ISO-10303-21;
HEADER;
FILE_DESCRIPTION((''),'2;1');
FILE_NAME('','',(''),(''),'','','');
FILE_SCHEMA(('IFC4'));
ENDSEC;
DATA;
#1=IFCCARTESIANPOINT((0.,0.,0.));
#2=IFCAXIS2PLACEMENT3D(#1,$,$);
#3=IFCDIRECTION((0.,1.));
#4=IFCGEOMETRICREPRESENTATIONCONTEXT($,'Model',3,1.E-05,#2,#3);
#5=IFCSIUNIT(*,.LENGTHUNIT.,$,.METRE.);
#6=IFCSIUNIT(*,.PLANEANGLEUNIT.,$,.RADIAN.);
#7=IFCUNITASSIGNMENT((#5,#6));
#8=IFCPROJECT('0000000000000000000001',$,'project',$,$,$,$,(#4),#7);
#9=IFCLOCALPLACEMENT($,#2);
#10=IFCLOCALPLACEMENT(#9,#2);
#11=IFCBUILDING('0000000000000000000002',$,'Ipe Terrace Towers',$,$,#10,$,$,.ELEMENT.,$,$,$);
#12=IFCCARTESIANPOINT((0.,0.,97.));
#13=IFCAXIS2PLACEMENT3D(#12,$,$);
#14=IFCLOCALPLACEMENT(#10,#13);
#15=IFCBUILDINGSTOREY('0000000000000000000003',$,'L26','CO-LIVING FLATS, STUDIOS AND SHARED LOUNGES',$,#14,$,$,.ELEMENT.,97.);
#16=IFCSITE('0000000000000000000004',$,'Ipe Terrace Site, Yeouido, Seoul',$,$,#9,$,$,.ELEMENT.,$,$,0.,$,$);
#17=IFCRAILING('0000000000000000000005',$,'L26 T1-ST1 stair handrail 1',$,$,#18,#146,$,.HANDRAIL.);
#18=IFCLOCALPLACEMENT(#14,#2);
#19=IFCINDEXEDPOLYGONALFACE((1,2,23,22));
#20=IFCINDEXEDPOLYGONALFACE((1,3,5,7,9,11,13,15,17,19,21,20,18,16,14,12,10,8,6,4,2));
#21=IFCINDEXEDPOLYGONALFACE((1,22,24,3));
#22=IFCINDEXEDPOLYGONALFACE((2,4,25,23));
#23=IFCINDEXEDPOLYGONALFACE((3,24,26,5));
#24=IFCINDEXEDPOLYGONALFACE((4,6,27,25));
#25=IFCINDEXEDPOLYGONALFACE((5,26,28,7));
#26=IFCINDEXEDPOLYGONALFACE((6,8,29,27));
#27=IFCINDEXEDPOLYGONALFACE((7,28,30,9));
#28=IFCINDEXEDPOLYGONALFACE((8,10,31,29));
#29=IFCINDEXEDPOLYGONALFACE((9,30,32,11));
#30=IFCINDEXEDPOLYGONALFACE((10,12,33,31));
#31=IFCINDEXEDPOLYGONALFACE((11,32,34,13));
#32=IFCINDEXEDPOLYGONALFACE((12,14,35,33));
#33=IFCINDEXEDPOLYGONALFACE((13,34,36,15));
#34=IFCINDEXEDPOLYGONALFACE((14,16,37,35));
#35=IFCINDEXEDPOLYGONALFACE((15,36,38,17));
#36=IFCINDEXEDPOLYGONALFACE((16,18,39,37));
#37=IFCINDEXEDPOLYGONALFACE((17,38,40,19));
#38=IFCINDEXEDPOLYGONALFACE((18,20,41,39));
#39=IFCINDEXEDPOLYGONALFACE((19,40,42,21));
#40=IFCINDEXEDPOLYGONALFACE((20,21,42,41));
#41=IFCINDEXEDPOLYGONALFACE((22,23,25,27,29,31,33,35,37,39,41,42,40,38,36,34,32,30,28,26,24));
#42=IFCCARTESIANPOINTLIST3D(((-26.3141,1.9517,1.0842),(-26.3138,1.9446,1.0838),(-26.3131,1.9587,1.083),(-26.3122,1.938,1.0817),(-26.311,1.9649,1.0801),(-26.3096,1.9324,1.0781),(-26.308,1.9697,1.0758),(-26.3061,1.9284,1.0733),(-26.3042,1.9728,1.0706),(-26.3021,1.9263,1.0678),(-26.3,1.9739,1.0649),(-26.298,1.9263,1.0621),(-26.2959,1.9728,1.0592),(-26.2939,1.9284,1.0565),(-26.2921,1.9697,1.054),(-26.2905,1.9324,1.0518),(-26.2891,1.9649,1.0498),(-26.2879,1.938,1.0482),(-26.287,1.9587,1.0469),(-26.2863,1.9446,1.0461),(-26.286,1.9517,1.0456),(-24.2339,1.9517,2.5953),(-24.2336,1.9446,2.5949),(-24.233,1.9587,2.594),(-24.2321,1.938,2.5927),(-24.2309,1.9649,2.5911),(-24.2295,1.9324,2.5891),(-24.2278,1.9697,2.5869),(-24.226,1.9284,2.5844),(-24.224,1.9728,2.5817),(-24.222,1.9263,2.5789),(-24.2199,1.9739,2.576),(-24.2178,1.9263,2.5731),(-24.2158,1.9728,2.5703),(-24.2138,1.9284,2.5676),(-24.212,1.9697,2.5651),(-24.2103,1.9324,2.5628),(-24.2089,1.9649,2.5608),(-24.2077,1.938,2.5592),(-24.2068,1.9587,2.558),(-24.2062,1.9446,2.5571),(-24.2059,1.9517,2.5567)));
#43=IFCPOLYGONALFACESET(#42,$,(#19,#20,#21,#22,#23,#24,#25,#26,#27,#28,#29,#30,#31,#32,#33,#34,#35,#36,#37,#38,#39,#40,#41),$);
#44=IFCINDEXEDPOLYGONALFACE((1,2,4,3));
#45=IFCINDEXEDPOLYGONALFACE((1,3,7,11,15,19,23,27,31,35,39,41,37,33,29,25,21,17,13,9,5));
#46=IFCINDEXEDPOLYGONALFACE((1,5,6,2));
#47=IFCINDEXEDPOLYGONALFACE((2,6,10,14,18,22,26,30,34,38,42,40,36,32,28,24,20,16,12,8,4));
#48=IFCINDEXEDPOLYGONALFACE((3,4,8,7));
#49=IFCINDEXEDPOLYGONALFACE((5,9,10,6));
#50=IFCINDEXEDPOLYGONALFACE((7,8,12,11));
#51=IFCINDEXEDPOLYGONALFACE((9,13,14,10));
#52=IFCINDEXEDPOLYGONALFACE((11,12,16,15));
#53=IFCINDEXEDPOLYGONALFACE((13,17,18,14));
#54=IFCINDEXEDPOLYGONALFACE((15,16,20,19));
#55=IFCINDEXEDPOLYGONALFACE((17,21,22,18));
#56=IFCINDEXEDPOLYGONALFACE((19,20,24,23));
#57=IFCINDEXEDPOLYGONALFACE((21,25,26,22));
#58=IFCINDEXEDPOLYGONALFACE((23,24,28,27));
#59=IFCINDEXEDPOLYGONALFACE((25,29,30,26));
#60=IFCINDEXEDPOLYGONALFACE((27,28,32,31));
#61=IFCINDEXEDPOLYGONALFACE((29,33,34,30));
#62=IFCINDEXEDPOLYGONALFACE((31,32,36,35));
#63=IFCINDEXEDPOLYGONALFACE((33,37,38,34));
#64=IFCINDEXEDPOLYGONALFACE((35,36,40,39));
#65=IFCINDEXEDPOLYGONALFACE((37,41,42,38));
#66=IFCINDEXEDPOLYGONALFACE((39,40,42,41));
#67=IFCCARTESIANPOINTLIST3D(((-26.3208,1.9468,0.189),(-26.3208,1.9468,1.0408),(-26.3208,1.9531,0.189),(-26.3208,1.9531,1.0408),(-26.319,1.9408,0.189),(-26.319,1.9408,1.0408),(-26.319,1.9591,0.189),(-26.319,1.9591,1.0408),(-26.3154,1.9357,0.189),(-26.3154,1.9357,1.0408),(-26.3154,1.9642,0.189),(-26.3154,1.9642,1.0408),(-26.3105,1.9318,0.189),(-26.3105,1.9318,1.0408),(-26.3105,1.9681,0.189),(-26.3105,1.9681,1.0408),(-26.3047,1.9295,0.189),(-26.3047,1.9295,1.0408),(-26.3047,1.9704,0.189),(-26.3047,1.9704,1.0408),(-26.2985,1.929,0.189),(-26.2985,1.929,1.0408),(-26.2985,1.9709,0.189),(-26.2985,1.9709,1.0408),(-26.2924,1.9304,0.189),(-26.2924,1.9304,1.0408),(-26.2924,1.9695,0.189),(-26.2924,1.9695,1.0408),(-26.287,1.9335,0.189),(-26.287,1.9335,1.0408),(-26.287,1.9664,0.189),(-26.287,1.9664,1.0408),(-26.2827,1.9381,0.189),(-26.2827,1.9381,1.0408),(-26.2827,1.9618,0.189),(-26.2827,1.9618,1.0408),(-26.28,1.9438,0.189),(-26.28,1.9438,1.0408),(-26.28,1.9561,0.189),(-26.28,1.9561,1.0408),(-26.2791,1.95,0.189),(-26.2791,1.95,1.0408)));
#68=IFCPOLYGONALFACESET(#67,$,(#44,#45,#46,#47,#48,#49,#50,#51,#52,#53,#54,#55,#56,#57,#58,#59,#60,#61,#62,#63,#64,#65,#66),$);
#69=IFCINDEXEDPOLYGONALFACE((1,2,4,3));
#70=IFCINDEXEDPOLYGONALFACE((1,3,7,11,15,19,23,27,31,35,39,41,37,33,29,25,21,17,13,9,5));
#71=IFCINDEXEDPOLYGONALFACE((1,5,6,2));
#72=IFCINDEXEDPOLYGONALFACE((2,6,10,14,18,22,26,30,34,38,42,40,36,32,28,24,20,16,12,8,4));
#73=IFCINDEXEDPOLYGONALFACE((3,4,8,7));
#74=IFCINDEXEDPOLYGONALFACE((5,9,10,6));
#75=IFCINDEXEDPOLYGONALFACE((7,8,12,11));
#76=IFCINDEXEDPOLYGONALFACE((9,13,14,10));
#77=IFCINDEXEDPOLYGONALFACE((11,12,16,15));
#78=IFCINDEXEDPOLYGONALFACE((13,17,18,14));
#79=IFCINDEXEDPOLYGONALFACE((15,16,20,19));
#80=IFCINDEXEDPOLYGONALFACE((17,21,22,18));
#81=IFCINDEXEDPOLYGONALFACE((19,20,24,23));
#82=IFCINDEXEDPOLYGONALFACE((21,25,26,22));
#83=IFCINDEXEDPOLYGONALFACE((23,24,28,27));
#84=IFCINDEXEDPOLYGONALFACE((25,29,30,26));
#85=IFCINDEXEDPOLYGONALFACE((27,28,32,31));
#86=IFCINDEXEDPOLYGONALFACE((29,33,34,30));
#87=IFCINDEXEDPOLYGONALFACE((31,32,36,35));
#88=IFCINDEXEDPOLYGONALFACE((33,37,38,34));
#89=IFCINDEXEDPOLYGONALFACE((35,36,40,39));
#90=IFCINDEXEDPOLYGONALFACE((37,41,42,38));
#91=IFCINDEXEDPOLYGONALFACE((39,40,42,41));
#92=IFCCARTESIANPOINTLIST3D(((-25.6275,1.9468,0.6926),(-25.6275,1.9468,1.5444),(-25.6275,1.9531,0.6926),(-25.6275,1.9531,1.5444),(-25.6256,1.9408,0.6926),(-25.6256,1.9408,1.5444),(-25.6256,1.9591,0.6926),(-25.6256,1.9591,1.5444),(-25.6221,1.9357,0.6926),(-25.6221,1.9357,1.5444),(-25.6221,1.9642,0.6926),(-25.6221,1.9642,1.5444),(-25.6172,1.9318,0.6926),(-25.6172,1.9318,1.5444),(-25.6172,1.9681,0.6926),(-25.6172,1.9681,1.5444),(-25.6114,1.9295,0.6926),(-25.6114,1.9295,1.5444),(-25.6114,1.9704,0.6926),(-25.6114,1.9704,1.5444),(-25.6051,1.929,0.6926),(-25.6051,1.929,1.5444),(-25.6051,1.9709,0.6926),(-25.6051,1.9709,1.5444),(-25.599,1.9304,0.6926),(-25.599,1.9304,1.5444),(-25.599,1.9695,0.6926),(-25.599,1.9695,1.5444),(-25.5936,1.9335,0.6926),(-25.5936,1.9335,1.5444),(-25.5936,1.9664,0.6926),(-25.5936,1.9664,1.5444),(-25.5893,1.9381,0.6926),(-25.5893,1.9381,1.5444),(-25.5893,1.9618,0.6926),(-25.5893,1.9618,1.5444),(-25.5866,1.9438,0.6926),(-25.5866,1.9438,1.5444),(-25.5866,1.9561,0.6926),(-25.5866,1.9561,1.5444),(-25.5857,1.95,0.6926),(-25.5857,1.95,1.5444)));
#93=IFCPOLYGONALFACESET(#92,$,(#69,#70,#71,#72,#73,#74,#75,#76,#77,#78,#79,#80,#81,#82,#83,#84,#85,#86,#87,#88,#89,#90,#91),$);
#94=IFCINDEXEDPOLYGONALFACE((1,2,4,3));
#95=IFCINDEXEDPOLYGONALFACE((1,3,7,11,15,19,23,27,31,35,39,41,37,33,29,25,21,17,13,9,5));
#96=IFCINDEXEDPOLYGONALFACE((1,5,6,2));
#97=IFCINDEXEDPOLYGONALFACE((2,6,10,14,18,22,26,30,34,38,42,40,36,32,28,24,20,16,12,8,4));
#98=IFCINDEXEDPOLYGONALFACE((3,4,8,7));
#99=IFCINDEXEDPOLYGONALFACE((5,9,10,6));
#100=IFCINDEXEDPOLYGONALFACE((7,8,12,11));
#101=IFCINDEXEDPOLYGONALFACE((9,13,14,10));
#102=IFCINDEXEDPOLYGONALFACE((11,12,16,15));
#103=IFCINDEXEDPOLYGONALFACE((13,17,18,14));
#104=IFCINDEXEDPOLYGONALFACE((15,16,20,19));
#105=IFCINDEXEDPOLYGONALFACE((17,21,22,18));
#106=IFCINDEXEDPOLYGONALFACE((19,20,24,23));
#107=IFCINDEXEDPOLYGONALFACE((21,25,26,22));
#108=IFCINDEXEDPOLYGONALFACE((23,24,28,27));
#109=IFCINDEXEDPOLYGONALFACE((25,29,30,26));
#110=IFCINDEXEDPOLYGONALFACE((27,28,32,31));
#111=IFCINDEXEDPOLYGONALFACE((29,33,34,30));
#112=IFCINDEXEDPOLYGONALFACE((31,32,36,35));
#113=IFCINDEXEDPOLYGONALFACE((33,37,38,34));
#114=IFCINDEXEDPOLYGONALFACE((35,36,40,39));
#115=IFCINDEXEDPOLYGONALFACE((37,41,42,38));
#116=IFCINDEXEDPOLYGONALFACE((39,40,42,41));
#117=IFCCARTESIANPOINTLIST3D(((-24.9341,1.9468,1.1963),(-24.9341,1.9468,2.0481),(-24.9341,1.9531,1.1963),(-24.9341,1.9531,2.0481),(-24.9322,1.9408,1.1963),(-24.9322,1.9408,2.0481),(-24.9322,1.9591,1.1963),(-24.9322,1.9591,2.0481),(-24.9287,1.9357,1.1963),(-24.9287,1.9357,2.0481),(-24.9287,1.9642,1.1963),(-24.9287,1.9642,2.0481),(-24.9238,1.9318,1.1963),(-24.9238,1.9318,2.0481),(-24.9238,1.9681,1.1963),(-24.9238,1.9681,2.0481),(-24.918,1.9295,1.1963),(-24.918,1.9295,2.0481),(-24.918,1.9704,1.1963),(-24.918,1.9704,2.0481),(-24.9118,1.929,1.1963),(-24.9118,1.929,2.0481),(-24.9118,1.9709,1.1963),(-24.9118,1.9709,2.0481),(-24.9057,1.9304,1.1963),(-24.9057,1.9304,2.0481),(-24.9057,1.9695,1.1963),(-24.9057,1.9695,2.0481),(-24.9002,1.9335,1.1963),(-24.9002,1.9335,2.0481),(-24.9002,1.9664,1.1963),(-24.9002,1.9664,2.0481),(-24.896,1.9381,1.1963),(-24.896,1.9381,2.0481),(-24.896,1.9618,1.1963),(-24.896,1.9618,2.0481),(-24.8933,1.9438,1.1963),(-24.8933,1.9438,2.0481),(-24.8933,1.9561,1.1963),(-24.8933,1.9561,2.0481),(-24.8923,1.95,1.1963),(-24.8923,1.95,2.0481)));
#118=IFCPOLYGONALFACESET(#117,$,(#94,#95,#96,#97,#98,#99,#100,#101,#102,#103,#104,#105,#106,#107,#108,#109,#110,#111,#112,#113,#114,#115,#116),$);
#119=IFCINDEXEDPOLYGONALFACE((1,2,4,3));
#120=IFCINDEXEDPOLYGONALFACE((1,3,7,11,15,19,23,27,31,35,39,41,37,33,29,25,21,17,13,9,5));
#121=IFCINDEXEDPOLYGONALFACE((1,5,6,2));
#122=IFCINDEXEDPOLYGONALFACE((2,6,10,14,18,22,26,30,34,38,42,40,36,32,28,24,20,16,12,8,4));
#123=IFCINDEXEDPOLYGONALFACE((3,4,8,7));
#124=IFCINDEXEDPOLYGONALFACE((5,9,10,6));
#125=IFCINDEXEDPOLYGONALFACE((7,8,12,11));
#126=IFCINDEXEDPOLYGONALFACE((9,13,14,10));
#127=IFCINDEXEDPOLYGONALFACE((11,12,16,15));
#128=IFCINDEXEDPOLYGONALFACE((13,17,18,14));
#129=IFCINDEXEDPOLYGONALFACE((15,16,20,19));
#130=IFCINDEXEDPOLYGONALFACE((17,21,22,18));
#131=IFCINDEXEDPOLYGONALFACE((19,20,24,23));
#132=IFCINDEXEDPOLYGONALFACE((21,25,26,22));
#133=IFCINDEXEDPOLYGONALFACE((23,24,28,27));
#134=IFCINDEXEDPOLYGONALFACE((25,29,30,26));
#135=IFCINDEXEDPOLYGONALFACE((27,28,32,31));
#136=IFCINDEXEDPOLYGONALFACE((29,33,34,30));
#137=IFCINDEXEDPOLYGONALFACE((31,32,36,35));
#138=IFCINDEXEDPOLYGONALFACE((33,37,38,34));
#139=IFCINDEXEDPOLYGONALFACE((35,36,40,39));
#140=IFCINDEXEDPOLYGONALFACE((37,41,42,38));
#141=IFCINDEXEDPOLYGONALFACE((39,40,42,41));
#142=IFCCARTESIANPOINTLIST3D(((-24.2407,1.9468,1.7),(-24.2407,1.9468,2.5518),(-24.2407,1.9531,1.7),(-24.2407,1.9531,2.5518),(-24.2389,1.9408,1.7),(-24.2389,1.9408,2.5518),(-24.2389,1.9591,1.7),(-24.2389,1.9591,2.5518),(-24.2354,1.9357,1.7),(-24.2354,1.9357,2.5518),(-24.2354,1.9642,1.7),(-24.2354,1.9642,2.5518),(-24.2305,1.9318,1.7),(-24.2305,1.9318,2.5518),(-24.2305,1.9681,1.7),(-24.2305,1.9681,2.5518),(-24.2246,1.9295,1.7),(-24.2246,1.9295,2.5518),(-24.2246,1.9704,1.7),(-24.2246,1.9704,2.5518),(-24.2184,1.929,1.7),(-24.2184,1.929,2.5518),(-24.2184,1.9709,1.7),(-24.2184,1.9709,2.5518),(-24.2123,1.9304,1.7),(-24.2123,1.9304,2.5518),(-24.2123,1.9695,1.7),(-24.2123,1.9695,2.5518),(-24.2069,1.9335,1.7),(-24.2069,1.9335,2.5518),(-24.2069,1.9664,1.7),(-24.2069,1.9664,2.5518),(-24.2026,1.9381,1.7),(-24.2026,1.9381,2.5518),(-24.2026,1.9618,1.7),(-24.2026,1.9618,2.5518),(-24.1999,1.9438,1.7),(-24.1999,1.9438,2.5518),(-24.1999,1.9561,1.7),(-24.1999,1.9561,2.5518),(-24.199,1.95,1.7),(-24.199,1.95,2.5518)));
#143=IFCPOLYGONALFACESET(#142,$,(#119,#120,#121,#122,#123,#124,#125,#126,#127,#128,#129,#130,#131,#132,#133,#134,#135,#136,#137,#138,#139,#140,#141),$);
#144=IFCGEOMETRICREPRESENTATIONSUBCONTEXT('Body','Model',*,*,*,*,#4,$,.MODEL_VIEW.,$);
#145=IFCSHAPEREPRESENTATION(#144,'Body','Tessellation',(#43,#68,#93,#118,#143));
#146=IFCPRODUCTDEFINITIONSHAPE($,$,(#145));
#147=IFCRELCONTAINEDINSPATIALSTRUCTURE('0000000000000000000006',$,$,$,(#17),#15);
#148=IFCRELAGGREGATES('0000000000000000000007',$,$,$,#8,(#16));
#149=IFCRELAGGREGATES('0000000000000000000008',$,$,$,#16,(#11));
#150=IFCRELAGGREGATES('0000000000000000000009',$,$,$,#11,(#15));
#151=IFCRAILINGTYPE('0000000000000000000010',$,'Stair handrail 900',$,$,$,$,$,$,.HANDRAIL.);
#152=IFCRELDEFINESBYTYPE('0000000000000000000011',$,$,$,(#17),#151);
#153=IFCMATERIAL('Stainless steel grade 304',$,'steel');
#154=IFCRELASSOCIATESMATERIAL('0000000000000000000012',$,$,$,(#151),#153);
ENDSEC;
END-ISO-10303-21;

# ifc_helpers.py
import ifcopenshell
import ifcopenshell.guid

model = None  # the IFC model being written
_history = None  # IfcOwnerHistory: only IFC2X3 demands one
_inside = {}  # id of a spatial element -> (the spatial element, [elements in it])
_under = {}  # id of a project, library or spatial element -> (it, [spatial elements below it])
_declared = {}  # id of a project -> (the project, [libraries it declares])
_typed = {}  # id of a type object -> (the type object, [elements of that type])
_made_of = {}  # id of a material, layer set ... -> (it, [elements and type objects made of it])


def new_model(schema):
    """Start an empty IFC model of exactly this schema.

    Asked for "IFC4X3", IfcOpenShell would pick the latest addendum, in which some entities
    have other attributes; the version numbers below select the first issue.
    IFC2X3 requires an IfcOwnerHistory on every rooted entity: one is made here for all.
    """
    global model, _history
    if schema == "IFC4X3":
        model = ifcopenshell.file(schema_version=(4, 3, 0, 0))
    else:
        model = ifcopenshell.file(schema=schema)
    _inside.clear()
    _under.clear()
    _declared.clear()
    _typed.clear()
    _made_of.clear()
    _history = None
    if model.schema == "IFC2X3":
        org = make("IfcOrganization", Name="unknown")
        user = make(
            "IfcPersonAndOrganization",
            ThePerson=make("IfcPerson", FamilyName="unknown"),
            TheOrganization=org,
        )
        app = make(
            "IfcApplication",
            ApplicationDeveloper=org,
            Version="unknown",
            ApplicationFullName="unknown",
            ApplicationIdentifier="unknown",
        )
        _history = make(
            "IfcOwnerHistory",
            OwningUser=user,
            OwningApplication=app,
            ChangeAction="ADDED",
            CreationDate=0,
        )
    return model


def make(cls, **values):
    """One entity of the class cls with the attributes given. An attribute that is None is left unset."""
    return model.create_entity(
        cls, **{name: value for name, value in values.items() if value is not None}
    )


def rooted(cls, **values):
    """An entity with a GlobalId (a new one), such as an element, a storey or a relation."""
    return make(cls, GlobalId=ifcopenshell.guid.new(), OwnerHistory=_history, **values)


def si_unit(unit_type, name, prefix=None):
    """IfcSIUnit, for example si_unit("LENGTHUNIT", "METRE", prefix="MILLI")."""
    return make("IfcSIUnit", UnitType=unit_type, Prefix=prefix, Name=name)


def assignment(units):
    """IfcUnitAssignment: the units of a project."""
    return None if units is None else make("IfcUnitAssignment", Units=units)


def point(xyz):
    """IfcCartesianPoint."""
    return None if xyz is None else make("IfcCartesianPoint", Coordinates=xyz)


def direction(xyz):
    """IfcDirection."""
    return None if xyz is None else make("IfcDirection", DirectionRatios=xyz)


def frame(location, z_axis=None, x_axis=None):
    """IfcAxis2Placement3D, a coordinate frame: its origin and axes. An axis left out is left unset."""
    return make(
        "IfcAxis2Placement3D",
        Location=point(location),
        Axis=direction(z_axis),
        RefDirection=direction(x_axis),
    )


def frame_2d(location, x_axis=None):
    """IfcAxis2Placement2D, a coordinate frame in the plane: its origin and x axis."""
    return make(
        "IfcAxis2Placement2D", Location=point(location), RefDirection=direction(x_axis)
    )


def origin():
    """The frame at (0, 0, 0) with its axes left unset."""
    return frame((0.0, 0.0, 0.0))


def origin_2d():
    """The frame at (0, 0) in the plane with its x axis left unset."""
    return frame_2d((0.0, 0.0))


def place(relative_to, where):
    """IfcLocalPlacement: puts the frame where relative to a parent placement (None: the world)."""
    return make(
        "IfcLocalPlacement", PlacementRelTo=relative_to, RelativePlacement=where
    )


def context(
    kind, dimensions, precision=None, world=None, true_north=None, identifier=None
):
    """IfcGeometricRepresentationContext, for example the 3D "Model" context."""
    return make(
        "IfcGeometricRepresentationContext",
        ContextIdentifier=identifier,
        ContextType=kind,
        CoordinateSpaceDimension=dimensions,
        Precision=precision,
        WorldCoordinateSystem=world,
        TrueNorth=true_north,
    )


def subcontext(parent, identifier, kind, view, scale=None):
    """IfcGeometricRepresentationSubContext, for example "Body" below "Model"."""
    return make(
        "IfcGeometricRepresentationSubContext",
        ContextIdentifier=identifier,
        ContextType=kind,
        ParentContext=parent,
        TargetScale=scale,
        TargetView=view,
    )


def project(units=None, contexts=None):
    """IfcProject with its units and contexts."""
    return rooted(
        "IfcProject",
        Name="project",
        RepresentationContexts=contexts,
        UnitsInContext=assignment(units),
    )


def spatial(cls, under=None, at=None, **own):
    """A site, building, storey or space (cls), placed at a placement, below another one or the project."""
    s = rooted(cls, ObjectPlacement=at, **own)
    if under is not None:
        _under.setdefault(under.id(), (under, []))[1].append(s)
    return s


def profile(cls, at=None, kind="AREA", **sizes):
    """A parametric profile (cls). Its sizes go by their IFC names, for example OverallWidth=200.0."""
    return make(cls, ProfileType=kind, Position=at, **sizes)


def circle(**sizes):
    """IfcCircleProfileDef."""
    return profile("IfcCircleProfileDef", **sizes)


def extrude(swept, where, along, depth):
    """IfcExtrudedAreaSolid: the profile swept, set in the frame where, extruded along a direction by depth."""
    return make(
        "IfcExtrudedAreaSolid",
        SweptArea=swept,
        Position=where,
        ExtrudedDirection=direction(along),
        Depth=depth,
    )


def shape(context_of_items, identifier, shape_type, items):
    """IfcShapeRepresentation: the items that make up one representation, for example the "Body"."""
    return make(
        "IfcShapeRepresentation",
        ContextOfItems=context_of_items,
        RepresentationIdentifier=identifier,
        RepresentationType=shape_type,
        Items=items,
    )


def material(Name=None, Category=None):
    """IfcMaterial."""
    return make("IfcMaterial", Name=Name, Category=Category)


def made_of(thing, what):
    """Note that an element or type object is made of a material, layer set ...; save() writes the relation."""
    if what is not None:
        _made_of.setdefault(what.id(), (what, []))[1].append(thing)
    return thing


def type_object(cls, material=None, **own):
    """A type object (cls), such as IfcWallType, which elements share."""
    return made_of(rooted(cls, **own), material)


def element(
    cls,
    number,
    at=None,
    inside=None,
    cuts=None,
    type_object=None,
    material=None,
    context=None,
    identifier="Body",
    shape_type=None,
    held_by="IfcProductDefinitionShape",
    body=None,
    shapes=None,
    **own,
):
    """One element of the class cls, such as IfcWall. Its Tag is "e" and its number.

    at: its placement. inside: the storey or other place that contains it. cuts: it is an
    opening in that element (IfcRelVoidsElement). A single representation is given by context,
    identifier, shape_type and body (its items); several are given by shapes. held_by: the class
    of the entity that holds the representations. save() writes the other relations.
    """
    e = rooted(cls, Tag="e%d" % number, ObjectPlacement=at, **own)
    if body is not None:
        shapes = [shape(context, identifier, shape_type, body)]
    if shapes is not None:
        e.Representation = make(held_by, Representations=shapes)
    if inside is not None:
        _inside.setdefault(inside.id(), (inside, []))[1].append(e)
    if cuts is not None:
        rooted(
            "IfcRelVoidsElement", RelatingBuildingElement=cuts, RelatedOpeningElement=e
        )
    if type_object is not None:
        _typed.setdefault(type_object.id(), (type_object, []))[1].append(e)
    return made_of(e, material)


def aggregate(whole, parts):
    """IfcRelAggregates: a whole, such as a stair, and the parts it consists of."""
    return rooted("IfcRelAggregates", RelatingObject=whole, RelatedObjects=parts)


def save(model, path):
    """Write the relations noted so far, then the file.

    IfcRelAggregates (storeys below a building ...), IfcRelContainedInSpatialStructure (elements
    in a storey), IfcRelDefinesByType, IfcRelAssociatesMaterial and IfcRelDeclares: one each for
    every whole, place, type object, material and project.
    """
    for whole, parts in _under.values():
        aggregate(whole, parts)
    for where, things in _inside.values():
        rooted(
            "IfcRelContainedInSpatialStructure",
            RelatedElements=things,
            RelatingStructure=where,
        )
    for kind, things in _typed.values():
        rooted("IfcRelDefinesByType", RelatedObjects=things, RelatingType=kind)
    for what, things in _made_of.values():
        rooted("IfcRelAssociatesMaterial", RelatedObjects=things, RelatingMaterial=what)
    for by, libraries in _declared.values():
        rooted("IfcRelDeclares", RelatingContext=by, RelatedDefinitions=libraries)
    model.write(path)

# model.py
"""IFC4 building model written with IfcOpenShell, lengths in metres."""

from ifc_helpers import new_model, si_unit, direction, frame, origin, origin_2d, place, context, subcontext, project, spatial, circle, extrude, material, type_object, element, save


model = new_model("IFC4")

# Units and contexts
model_context = context("Model", 3, precision=1e-05, world=origin(), true_north=direction((0.0, 1.0)))
body_context = subcontext(model_context, "Body", "Model", "MODEL_VIEW")
ifc_project = project(units=[si_unit("LENGTHUNIT", "METRE"), si_unit("PLANEANGLEUNIT", "RADIAN")], contexts=[model_context])

# Site, building, storey
site_placement = place(None, origin())
site = spatial("IfcSite", under=ifc_project, at=site_placement, Name="Ipe Terrace Site, Yeouido, Seoul", CompositionType="ELEMENT", RefElevation=0.0)
building_placement = place(site_placement, origin())
building = spatial("IfcBuilding", under=site, at=building_placement, Name="Ipe Terrace Towers", CompositionType="ELEMENT")
storey_placement = place(building_placement, frame((0.0, 0.0, 97.0)))
storey = spatial("IfcBuildingStorey", under=building, at=storey_placement, Name="L26", Description="CO-LIVING FLATS, STUDIOS AND SHARED LOUNGES", CompositionType="ELEMENT", Elevation=97.0)

# Railing
ifc_material_1 = material(Name="Stainless steel grade 304", Category="steel")
railing_type_1 = type_object("IfcRailingType", Name="Stair handrail 900", PredefinedType="HANDRAIL", material=ifc_material_1)
railing_1_placement = place(storey_placement, frame((-26.3, 1.95, 0.189)))
element("IfcRailing", 1, at=railing_1_placement, inside=storey, type_object=railing_type_1, Name="L26 T1-ST1 stair handrail 1", PredefinedType="HANDRAIL", context=body_context, shape_type="SweptSolid", body=[
    extrude(circle(Radius=0.0239, at=origin_2d()), frame((0.0, 0.0, 0.876), z_axis=(0.809069, 0.0, 0.587714), x_axis=(0.0, 1.0, 0.0)), (0.0, 0.0, 1.0), 2.571),
    extrude(circle(Radius=0.021, at=origin_2d()), origin(), (0.0, 0.0, 1.0), 0.8518),
    extrude(circle(Radius=0.021, at=origin_2d()), frame((0.6934, 0.0, 0.5037)), (0.0, 0.0, 1.0), 0.8518),
    extrude(circle(Radius=0.021, at=origin_2d()), frame((1.3867, 0.0, 1.0073)), (0.0, 0.0, 1.0), 0.8518),
    extrude(circle(Radius=0.021, at=origin_2d()), frame((2.0801, 0.0, 1.511)), (0.0, 0.0, 1.0), 0.8518),
])

save(model, "model.ifc")
